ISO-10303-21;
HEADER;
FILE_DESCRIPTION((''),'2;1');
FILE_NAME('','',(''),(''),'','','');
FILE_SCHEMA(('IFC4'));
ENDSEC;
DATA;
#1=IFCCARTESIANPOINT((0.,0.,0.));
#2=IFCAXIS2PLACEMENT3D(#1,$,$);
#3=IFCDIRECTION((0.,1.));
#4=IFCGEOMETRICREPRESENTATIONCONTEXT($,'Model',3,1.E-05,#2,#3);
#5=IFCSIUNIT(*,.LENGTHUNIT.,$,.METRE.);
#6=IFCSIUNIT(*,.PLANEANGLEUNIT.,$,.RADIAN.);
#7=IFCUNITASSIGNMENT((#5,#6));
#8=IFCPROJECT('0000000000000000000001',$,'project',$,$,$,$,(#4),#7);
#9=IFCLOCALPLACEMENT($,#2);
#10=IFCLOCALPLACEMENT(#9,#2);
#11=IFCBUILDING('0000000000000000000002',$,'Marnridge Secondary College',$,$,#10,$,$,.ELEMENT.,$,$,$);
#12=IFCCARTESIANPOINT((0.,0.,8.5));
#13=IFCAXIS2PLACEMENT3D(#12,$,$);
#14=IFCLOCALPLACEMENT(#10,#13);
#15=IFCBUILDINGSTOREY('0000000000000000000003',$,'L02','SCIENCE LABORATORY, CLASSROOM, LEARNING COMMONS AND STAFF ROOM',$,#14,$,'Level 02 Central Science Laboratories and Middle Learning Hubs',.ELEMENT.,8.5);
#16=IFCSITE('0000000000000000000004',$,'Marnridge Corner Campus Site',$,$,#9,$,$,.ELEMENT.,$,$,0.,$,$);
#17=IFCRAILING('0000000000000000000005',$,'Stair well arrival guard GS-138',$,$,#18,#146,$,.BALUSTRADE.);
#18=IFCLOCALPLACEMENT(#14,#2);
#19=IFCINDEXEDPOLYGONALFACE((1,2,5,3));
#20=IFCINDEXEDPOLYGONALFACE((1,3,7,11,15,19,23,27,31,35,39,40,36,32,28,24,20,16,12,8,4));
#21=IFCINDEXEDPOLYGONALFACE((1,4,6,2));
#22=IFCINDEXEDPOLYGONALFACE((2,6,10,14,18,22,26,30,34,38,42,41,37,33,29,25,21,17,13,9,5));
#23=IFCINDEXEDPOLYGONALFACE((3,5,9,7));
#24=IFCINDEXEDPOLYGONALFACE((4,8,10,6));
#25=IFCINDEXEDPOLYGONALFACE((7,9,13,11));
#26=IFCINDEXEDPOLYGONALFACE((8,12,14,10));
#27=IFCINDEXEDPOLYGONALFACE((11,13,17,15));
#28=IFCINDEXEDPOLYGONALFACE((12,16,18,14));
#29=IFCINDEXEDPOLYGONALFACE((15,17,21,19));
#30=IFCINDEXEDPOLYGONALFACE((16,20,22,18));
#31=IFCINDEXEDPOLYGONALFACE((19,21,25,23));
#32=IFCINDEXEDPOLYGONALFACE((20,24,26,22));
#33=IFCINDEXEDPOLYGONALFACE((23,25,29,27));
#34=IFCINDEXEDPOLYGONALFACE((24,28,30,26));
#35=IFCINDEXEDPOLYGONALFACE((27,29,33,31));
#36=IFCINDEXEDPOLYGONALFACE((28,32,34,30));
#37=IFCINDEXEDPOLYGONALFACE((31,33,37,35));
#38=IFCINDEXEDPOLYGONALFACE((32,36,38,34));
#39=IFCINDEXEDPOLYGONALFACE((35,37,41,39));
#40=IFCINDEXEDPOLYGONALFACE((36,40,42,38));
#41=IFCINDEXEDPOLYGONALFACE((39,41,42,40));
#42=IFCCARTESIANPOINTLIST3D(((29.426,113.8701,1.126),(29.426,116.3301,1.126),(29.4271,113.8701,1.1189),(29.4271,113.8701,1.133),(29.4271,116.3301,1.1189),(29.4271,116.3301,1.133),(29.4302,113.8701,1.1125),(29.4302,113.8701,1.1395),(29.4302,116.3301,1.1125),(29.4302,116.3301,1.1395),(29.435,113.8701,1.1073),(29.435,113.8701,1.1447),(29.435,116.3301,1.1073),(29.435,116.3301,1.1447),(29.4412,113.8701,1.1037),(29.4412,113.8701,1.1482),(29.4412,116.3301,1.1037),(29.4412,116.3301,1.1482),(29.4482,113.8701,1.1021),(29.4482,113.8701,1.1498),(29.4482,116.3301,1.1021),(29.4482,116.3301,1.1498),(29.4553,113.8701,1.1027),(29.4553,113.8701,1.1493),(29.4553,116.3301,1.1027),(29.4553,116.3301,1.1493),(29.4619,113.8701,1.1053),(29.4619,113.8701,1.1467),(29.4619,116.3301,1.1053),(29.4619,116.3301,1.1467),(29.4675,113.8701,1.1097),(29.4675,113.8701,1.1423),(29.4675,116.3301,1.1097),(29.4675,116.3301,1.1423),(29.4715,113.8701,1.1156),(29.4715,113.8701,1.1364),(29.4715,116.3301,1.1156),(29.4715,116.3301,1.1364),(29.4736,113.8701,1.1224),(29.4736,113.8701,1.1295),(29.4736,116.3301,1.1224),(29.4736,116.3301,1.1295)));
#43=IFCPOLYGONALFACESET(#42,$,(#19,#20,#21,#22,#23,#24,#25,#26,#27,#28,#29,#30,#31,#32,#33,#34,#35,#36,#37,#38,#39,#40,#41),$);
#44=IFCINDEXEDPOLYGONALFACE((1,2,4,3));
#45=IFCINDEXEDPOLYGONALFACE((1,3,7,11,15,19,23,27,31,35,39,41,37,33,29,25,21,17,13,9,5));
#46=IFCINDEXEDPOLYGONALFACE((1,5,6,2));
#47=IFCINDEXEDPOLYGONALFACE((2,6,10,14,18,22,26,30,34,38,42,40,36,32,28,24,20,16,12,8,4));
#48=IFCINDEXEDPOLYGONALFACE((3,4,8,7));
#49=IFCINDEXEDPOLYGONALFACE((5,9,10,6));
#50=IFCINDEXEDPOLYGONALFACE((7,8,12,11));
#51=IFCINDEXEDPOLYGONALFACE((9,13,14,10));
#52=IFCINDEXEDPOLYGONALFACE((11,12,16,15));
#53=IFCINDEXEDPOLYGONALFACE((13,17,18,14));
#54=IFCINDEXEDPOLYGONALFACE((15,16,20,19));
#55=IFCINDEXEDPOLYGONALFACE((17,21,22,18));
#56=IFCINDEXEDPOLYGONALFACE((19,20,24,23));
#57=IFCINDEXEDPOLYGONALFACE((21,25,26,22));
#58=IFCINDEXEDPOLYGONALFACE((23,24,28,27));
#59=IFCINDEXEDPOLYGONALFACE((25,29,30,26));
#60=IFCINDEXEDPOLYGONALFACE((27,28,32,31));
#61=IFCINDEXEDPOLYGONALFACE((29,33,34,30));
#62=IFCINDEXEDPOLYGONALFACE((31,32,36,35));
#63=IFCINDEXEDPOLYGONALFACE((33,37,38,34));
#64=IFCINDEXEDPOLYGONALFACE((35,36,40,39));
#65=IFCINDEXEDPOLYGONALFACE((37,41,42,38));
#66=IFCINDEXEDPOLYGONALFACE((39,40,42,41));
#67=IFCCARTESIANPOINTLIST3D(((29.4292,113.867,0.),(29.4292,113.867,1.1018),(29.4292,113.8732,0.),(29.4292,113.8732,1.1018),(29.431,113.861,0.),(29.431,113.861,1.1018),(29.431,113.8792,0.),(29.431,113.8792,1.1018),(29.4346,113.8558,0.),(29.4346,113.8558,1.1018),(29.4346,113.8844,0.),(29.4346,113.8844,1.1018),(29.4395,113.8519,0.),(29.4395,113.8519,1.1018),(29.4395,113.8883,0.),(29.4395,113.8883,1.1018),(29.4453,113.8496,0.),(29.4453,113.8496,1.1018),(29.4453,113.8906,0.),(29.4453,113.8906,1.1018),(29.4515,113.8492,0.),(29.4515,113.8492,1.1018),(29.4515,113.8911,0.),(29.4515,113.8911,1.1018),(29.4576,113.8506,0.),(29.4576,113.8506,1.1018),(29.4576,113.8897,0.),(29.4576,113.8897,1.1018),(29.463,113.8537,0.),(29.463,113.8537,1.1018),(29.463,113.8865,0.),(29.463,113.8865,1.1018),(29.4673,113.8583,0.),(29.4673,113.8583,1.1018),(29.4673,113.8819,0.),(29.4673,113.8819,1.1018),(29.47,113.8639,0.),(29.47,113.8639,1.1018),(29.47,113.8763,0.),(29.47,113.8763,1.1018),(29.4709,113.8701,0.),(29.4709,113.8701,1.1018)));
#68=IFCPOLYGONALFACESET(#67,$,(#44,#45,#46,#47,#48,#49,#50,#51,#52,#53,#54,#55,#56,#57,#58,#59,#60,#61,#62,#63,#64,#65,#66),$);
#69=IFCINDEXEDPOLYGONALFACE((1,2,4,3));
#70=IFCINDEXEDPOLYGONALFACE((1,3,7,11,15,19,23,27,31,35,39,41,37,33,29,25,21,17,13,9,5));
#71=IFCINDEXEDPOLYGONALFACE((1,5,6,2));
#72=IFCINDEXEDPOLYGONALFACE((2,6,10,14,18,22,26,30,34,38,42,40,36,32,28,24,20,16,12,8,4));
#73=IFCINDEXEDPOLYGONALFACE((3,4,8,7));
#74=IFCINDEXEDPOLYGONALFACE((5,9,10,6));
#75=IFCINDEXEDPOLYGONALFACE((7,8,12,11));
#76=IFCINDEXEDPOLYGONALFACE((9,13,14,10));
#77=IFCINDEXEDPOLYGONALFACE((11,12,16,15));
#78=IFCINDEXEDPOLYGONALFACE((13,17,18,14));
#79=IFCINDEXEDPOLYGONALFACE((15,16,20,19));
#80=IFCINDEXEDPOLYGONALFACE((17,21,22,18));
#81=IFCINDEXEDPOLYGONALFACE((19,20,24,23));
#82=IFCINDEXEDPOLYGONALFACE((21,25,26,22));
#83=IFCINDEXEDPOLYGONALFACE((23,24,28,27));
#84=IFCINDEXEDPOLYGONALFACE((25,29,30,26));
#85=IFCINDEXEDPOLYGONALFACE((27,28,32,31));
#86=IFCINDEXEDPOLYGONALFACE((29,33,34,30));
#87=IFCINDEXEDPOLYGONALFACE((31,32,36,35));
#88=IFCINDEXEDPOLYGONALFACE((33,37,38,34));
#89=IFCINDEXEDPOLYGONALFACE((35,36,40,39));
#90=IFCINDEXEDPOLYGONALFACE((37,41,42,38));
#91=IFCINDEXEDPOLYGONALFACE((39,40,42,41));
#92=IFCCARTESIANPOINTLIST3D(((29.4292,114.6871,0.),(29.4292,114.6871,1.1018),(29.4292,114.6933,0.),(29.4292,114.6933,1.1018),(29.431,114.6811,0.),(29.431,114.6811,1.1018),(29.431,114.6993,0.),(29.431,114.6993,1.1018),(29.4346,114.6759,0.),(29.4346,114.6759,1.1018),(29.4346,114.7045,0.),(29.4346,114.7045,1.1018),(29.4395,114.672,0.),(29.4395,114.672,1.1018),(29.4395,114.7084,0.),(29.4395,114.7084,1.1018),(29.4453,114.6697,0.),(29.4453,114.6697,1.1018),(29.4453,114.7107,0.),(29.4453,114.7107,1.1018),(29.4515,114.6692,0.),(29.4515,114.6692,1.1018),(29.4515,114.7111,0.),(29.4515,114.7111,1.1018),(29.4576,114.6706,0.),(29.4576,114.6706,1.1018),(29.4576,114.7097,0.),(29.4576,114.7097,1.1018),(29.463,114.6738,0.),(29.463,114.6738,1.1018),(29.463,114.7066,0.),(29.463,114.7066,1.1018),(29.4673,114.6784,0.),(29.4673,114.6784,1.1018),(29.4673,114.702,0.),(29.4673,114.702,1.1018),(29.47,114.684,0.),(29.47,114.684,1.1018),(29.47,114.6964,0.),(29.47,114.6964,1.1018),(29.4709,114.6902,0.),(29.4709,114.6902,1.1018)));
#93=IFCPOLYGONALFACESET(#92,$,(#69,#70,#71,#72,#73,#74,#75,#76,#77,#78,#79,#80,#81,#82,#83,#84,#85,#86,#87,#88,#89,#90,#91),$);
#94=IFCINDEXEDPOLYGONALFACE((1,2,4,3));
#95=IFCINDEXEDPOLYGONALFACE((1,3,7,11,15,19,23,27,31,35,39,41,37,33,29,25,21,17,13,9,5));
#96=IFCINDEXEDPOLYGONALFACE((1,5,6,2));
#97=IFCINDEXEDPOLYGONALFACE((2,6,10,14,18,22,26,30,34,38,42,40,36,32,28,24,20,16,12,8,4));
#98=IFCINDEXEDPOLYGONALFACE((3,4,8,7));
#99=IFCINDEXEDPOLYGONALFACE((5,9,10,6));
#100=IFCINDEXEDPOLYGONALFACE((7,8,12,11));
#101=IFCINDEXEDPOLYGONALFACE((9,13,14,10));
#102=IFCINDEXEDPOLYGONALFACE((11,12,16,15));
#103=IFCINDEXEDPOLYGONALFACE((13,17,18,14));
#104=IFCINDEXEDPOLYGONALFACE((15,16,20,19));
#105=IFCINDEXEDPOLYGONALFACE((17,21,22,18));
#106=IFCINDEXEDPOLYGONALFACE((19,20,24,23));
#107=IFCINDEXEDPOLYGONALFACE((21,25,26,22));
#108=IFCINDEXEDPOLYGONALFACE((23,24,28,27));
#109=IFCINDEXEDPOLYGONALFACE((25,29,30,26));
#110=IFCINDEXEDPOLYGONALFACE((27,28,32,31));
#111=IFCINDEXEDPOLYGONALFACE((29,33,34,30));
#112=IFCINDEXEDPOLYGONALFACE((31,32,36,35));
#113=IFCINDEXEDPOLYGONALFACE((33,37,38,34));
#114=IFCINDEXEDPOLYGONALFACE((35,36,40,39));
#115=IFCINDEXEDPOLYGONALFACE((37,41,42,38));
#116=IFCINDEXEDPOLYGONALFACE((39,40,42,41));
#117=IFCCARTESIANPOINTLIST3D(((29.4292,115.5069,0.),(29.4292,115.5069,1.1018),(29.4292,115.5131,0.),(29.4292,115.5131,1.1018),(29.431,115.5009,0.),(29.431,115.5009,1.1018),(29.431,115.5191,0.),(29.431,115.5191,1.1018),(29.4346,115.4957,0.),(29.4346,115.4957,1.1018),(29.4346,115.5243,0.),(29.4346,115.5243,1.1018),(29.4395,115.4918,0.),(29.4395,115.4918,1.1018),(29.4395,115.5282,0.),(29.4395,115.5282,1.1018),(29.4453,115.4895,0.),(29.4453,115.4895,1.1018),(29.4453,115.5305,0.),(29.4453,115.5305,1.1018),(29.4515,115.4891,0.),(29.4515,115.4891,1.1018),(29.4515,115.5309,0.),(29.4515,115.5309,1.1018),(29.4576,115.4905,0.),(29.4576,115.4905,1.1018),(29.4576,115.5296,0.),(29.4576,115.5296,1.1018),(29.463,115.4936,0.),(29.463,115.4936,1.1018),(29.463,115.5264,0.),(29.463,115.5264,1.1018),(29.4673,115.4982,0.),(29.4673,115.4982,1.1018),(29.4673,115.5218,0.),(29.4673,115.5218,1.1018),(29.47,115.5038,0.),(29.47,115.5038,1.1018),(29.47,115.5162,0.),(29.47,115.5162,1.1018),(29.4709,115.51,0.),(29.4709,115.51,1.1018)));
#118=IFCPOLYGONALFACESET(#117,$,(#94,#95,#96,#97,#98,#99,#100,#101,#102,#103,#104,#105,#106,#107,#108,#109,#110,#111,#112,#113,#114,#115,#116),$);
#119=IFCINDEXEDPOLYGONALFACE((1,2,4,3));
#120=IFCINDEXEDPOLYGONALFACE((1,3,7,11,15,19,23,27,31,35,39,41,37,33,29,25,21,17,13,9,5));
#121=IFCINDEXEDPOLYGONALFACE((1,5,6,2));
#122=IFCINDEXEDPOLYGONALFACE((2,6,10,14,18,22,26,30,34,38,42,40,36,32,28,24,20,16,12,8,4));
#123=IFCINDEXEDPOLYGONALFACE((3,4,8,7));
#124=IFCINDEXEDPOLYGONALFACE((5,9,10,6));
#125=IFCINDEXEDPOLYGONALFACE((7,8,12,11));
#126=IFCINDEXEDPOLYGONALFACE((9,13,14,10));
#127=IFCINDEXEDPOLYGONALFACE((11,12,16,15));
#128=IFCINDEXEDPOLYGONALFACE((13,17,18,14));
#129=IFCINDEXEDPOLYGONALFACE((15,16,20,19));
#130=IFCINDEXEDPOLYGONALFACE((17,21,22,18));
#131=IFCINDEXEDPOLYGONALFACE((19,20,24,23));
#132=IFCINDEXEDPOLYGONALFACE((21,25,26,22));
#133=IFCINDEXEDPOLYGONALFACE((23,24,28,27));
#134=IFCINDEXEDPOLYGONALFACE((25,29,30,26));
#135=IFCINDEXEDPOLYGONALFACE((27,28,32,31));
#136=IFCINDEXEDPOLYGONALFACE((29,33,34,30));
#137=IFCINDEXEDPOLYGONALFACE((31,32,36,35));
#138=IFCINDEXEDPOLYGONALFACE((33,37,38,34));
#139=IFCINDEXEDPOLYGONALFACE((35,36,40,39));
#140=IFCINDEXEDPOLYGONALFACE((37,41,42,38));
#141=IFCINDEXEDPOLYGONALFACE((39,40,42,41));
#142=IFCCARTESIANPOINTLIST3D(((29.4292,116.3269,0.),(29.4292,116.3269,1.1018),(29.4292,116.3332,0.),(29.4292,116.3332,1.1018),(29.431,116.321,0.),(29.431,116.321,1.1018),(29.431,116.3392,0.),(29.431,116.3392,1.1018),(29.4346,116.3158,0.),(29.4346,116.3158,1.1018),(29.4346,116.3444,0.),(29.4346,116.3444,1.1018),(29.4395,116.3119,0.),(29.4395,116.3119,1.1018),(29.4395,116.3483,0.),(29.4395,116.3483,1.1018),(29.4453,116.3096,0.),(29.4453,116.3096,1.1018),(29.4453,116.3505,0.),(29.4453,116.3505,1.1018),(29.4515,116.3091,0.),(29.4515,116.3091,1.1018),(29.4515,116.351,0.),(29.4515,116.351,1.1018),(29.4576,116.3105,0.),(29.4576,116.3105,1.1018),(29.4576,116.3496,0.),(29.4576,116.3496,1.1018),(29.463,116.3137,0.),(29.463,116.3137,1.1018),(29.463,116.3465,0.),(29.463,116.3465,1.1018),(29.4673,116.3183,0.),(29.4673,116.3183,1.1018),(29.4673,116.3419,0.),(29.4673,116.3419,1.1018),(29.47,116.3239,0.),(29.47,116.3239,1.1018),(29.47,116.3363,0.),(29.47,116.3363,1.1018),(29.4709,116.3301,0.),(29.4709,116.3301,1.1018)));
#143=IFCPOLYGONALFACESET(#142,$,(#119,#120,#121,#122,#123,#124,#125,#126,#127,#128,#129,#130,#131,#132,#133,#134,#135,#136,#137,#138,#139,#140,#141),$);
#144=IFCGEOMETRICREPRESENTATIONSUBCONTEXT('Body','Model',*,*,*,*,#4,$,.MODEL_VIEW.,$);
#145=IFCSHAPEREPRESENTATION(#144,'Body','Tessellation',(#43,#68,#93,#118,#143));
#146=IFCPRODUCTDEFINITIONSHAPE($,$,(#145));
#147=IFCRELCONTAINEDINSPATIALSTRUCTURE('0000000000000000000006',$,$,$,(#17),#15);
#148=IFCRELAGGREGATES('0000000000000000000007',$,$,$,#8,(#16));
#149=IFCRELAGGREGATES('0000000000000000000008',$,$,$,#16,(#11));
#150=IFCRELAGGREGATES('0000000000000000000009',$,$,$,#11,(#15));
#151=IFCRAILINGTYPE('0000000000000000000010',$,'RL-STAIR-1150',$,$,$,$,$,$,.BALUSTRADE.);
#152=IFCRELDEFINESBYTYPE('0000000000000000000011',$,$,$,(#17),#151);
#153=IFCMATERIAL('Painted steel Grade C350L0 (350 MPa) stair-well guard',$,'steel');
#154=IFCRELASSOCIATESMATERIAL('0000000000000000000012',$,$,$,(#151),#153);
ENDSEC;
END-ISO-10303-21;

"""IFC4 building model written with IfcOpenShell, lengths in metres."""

from ifc_helpers import new_model, si_unit, direction, frame, origin, origin_2d, place, context, subcontext, project, spatial, circle, extrude, material, type_object, element, save


model = new_model("IFC4")

# Units and contexts
model_context = context("Model", 3, precision=1e-05, world=origin(), true_north=direction((0.0, 1.0)))
body_context = subcontext(model_context, "Body", "Model", "MODEL_VIEW")
ifc_project = project(units=[si_unit("LENGTHUNIT", "METRE"), si_unit("PLANEANGLEUNIT", "RADIAN")], contexts=[model_context])

# Site, building, storey
site_placement = place(None, origin())
site = spatial("IfcSite", under=ifc_project, at=site_placement, Name="Marnridge Corner Campus Site", CompositionType="ELEMENT", RefElevation=0.0)
building_placement = place(site_placement, origin())
building = spatial("IfcBuilding", under=site, at=building_placement, Name="Marnridge Secondary College", CompositionType="ELEMENT")
storey_placement = place(building_placement, frame((0.0, 0.0, 8.5)))
storey = spatial("IfcBuildingStorey", under=building, at=storey_placement, Name="L02", Description="SCIENCE LABORATORY, CLASSROOM, LEARNING COMMONS AND STAFF ROOM", LongName="Level 02 Central Science Laboratories and Middle Learning Hubs", CompositionType="ELEMENT", Elevation=8.5)

# Railing
ifc_material_1 = material(Name="Painted steel Grade C350L0 (350 MPa) stair-well guard", Category="steel")
railing_type_1 = type_object("IfcRailingType", Name="RL-STAIR-1150", PredefinedType="BALUSTRADE", material=ifc_material_1)
railing_1_placement = place(storey_placement, frame((29.45, 113.8701, 0.0)))
element("IfcRailing", 1, at=railing_1_placement, inside=storey, type_object=railing_type_1, Name="Stair well arrival guard GS-138", PredefinedType="BALUSTRADE", context=body_context, shape_type="SweptSolid", body=[
    extrude(circle(Radius=0.0239, at=origin_2d()), frame((0.0, 0.0, 1.126), z_axis=(0.0, 1.0, 0.0), x_axis=(-1.0, 0.0, 0.0)), (0.0, 0.0, 1.0), 2.46),
    extrude(circle(Radius=0.021, at=origin_2d()), origin(), (0.0, 0.0, 1.0), 1.1018),
    extrude(circle(Radius=0.021, at=origin_2d()), frame((0.0, 0.8201, 0.0)), (0.0, 0.0, 1.0), 1.1018),
    extrude(circle(Radius=0.021, at=origin_2d()), frame((0.0, 1.6399, 0.0)), (0.0, 0.0, 1.0), 1.1018),
    extrude(circle(Radius=0.021, at=origin_2d()), frame((0.0, 2.46, 0.0)), (0.0, 0.0, 1.0), 1.1018),
])

save(model, "model.ifc")
